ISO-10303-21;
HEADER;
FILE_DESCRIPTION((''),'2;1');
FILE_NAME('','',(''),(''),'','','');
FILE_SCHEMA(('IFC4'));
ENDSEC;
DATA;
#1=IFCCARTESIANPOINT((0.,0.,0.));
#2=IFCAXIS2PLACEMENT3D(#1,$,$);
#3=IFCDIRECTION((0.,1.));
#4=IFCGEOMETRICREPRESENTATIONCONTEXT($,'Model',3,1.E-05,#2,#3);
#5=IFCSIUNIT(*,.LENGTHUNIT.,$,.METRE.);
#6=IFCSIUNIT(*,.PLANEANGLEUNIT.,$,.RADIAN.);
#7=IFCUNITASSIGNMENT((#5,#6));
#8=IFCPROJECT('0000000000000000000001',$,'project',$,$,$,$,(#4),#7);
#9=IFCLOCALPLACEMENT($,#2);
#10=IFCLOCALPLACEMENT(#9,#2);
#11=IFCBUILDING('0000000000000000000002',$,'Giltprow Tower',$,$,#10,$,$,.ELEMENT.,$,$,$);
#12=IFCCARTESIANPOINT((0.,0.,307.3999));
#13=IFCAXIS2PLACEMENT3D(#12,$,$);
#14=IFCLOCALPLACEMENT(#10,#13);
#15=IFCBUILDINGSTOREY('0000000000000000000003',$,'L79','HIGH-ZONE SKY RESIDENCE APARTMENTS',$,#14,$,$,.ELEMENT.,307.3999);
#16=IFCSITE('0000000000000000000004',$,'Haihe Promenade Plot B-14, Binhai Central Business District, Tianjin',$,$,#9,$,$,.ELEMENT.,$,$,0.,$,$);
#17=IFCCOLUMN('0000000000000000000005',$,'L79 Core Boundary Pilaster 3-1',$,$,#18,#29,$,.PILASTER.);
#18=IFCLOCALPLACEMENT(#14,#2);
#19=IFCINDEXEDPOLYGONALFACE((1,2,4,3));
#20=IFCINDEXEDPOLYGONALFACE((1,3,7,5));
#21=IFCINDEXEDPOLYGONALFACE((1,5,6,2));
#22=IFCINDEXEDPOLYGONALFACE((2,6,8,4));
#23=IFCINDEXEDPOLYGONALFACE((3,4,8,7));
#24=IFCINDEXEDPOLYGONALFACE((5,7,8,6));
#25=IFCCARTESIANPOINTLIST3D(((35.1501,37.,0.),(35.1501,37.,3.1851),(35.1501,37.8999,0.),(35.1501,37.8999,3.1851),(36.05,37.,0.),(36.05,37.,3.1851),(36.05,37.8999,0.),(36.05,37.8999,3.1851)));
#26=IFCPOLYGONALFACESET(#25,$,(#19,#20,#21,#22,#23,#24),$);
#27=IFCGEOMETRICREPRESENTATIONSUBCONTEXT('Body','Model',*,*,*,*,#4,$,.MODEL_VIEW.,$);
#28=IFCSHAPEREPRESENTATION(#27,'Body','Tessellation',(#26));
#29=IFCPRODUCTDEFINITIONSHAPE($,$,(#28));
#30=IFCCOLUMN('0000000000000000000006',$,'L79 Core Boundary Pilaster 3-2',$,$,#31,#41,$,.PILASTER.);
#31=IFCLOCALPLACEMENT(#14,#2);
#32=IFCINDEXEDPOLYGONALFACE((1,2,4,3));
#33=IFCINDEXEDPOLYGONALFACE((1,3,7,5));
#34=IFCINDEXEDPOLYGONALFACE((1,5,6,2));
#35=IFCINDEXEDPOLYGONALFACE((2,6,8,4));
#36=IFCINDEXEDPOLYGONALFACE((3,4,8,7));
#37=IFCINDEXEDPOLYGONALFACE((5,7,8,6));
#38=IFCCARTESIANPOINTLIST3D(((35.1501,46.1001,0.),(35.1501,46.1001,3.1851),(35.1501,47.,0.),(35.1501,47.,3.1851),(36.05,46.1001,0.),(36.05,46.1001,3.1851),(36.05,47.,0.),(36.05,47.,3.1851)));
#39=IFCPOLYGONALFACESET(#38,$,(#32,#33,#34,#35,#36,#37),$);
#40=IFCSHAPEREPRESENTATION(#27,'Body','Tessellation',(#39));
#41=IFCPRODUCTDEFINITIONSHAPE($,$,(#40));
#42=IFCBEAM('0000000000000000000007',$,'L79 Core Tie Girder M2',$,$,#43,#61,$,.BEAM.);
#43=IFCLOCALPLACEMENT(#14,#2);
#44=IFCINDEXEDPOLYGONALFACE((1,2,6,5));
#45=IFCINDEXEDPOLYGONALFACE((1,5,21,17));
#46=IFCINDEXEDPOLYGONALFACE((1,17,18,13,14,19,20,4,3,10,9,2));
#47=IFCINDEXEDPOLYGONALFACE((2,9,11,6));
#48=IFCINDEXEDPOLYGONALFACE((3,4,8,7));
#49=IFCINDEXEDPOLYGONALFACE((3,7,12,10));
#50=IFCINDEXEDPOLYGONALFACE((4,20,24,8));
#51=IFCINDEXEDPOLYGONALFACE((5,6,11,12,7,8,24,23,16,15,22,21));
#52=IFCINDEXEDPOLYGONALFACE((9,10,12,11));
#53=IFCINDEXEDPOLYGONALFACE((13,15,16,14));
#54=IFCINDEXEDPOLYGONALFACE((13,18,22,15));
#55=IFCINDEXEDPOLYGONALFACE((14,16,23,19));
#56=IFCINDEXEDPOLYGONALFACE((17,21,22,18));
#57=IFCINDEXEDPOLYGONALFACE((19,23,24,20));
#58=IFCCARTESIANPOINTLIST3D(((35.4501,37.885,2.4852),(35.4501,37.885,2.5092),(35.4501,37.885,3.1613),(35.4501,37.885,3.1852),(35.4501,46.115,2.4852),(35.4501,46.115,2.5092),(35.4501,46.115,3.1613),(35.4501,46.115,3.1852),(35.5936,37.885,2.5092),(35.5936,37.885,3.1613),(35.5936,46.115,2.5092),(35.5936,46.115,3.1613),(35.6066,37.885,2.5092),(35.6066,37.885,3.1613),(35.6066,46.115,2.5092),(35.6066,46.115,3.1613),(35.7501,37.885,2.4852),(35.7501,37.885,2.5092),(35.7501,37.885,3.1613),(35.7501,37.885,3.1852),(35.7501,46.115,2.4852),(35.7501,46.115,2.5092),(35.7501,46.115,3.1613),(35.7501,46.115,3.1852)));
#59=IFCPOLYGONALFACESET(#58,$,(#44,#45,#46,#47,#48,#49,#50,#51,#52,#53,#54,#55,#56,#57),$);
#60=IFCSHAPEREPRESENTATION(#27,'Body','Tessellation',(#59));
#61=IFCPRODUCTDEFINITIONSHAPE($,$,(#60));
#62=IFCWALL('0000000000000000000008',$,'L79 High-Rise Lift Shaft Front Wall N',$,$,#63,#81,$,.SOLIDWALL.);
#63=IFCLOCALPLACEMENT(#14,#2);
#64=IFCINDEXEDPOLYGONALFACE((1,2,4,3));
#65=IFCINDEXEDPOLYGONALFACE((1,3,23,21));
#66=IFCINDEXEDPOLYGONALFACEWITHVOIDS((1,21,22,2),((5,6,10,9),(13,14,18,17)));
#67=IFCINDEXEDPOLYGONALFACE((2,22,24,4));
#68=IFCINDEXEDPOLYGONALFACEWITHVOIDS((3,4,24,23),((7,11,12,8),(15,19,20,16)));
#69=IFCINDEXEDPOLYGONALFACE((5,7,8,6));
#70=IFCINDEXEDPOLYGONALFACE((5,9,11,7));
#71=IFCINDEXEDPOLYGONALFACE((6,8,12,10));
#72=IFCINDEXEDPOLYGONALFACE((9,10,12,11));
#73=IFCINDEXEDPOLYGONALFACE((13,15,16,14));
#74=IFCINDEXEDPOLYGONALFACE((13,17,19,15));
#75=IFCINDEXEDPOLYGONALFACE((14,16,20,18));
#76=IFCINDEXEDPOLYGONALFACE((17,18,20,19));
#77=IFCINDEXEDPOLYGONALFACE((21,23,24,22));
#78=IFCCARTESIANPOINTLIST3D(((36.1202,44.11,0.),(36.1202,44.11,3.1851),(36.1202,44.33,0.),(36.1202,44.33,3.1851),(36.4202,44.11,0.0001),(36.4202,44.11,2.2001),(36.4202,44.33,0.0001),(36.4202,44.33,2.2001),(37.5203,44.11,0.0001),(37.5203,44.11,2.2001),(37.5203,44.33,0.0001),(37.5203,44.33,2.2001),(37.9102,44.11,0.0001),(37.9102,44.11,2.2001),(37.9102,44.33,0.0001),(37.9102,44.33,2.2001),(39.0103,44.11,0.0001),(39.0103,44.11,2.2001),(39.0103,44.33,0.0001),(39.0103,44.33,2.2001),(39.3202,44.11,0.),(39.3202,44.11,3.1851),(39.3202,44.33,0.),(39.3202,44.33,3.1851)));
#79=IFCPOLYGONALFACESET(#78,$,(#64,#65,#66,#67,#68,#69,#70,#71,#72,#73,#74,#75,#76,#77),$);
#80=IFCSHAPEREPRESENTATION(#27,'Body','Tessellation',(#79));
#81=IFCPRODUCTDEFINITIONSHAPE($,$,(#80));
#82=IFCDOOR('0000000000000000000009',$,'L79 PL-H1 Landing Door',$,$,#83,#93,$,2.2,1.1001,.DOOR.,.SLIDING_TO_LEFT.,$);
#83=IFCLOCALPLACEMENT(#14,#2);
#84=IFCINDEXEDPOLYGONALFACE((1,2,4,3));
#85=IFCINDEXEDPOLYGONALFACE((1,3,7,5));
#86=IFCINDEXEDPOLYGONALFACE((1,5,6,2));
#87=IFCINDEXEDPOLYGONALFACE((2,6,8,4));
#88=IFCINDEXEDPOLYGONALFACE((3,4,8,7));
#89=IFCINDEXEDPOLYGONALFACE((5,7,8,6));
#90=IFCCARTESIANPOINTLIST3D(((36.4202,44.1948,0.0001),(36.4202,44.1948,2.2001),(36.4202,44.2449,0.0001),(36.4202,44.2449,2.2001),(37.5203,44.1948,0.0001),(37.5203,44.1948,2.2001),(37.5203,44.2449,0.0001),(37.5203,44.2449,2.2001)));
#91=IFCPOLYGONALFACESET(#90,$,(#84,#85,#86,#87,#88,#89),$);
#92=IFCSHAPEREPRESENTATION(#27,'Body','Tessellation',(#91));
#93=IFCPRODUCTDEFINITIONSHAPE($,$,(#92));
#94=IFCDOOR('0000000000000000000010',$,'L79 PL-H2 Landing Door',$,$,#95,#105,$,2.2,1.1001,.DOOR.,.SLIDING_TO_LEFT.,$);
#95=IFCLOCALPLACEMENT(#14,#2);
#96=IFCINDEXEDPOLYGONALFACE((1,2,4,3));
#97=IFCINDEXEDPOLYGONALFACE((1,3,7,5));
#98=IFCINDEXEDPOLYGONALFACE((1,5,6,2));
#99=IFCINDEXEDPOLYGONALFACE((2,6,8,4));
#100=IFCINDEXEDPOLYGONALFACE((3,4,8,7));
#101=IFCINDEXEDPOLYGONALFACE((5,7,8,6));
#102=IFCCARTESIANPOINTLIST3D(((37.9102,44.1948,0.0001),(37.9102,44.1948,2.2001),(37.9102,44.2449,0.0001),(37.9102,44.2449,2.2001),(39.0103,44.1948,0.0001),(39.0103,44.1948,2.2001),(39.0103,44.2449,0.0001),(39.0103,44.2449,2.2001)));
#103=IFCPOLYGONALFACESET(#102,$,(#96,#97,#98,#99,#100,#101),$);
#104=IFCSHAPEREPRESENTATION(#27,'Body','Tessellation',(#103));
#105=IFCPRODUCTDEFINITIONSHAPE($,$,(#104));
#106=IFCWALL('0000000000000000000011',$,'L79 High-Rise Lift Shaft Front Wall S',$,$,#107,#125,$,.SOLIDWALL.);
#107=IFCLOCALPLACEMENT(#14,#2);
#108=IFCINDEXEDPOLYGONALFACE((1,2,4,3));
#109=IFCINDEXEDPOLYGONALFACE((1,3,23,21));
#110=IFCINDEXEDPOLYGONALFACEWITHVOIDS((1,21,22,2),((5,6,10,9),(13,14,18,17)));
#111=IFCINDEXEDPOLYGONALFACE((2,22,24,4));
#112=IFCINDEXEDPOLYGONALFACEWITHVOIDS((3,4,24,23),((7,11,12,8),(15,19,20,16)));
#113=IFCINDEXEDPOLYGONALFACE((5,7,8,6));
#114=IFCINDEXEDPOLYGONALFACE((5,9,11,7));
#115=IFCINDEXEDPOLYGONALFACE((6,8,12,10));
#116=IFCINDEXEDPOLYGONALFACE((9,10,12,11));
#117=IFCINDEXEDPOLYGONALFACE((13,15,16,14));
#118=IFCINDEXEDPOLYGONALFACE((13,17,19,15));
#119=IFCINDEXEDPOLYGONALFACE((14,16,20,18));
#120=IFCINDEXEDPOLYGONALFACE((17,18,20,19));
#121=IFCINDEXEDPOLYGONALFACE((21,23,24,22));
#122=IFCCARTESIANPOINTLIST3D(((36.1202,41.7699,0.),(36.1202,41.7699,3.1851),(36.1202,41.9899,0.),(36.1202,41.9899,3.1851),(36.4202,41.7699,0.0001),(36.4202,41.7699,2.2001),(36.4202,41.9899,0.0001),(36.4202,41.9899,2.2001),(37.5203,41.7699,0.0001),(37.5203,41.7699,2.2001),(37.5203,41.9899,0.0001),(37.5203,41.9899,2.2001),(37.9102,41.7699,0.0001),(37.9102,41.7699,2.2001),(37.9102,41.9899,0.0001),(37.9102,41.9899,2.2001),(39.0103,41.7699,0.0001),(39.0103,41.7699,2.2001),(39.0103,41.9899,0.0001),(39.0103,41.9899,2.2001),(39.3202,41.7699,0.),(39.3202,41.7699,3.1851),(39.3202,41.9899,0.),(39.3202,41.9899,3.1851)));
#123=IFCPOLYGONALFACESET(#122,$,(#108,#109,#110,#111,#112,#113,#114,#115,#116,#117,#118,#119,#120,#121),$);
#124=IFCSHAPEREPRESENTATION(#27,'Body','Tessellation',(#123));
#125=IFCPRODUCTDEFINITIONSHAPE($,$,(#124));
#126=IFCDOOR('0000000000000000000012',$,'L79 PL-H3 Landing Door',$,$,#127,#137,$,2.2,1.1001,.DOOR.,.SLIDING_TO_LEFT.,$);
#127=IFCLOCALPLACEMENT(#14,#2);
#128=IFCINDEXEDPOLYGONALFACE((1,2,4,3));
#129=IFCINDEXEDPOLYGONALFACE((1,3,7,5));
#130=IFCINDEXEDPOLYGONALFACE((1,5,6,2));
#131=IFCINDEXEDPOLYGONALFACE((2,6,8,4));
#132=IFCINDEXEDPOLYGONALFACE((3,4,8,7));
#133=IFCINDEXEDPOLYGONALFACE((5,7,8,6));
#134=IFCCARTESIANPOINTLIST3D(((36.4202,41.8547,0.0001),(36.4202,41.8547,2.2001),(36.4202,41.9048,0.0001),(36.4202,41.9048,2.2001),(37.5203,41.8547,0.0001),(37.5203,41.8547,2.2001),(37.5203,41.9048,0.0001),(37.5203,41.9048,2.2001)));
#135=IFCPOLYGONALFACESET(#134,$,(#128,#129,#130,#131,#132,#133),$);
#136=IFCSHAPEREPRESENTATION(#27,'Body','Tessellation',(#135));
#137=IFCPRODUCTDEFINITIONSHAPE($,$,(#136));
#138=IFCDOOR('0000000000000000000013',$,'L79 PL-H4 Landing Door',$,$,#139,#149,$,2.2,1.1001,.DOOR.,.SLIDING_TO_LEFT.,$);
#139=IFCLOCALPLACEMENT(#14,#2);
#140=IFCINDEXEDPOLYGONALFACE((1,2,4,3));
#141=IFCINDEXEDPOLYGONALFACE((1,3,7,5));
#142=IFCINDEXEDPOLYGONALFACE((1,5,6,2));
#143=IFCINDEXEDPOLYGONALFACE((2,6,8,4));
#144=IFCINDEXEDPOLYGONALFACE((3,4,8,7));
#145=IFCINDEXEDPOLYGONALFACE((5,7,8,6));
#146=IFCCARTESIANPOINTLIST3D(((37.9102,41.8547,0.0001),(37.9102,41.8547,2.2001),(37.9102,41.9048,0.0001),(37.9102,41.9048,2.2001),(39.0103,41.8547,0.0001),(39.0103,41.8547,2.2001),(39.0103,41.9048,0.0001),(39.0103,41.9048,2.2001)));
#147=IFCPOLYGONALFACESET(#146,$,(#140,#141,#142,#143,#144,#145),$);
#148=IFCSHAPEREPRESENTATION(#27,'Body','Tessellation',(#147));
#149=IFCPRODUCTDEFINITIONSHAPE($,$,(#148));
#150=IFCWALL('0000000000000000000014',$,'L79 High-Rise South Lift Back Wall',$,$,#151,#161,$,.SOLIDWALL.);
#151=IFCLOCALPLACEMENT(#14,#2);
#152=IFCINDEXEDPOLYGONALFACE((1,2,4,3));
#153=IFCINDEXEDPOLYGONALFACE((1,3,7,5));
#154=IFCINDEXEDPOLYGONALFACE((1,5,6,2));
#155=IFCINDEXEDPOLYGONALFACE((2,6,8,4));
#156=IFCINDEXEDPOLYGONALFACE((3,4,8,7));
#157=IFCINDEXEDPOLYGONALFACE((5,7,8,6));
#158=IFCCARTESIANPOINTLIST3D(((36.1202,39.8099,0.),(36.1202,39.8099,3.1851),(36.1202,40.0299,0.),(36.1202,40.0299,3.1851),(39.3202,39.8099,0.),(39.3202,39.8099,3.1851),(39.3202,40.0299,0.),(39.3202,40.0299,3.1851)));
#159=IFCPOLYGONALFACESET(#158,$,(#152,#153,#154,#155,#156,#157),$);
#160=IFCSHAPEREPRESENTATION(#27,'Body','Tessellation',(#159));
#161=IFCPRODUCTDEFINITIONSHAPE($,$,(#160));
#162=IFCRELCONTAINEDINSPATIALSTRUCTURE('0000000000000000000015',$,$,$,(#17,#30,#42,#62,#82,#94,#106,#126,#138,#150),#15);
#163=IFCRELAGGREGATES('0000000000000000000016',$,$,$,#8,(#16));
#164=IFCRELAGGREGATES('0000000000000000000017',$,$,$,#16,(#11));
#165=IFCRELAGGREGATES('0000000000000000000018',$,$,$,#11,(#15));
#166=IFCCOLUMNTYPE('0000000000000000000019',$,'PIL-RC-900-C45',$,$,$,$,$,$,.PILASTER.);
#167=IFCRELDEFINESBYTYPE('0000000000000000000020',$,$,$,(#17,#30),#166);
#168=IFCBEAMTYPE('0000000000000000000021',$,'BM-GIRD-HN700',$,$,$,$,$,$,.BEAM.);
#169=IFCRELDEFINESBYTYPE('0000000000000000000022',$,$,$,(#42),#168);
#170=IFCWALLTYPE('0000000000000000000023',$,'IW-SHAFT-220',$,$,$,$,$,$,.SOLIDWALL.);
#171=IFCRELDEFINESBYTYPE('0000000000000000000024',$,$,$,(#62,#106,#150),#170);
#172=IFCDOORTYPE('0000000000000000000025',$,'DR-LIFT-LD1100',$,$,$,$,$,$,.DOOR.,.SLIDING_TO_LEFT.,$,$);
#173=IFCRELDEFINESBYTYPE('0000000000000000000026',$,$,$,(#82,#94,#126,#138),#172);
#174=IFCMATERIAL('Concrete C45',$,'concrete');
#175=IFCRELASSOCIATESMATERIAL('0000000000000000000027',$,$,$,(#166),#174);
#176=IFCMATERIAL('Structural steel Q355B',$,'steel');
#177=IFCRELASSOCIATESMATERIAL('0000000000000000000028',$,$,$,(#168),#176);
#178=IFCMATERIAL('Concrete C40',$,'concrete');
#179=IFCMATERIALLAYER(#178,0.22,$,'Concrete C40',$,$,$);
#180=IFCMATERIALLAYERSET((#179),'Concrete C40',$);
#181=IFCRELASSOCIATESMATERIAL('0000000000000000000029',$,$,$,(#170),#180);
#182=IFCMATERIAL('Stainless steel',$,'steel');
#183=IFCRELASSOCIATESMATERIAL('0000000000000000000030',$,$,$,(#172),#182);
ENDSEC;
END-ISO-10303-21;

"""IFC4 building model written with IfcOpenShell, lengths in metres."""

from ifc_helpers import new_model, si_unit, direction, frame, frame_2d, origin, origin_2d, place, context, subcontext, project, spatial, rectangle, i_section, extrude, source, transform, mapped, material, layer, layer_set, material_profile, profile_set, type_object, element, fill, save


model = new_model("IFC4")

# Units and contexts
model_context = context("Model", 3, precision=1e-05, world=origin(), true_north=direction((0.0, 1.0)))
body_context = subcontext(model_context, "Body", "Model", "MODEL_VIEW")
ifc_project = project(units=[si_unit("LENGTHUNIT", "METRE"), si_unit("PLANEANGLEUNIT", "RADIAN")], contexts=[model_context])

# Site, building, storey
site_placement = place(None, origin())
site = spatial("IfcSite", under=ifc_project, at=site_placement, Name="Haihe Promenade Plot B-14, Binhai Central Business District, Tianjin", CompositionType="ELEMENT", RefElevation=0.0)
building_placement = place(site_placement, origin())
building = spatial("IfcBuilding", under=site, at=building_placement, Name="Giltprow Tower", CompositionType="ELEMENT")
storey_placement = place(building_placement, frame((0.0, 0.0, 307.3999)))
storey = spatial("IfcBuildingStorey", under=building, at=storey_placement, Name="L79", Description="HIGH-ZONE SKY RESIDENCE APARTMENTS", CompositionType="ELEMENT", Elevation=307.3999)

# Columns
ifc_material_1 = material(Name="Concrete C45", Category="concrete")
ifc_material_profile_1 = material_profile(ifc_material_1, rectangle(XDim=0.8999, YDim=0.8999, at=origin_2d()), Name="RC 900x900")
ifc_profile_set_1 = profile_set([ifc_material_profile_1], Name="Concrete C45")
column_type = type_object("IfcColumnType", Name="PIL-RC-900-C45", PredefinedType="PILASTER", material=ifc_profile_set_1)
shared_shape_1 = source(origin(), body_context, "Body", "SweptSolid", [
    extrude(rectangle(XDim=0.8999, YDim=0.8999, at=origin_2d()), origin(), (0.0, 0.0, 1.0), 3.1851),
])
for number, where, z_axis, x_axis, name in (
    (1, (35.6001, 37.45, 0.0), (0.0, 0.0, 1.0), (1.0, 0.0, 0.0), "L79 Core Boundary Pilaster 3-1"),
    (2, (35.6001, 46.55, 0.0), (0.0, 0.0, 1.0), (1.0, 0.0, 0.0), "L79 Core Boundary Pilaster 3-2"),
):
    element("IfcColumn", number, at=place(storey_placement, frame(where, z_axis=z_axis, x_axis=x_axis)), inside=storey, type_object=column_type, Name=name, PredefinedType="PILASTER", context=body_context, shape_type="MappedRepresentation", body=[
        mapped(shared_shape_1, transform((0.0, 0.0, 0.0), x_axis=(1.0, 0.0, 0.0), y_axis=(0.0, 1.0, 0.0), z_axis=(0.0, 0.0, 1.0), scale=1.0)),
    ])

# Beam
ifc_material_2 = material(Name="Structural steel Q355B", Category="steel")
ifc_material_profile_2 = material_profile(ifc_material_2, i_section(OverallWidth=0.3, OverallDepth=0.7, WebThickness=0.0129, FlangeThickness=0.0239, at=origin_2d()), Name="HN 700x300x13x24")
ifc_profile_set_2 = profile_set([ifc_material_profile_2], Name="Structural steel Q355B")
beam_type = type_object("IfcBeamType", Name="BM-GIRD-HN700", PredefinedType="BEAM", material=ifc_profile_set_2)
shared_shape_2 = source(origin(), body_context, "Body", "SweptSolid", [
    extrude(i_section(OverallWidth=0.3, OverallDepth=0.7, WebThickness=0.0129, FlangeThickness=0.0239, at=origin_2d()), origin(), (0.0, 0.0, 1.0), 8.23),
])
beam_placement = place(storey_placement, frame((35.6001, 37.885, 2.8352), z_axis=(0.0, 1.0, 0.0), x_axis=(-1.0, 0.0, 0.0)))
element("IfcBeam", 3, at=beam_placement, inside=storey, type_object=beam_type, Name="L79 Core Tie Girder M2", PredefinedType="BEAM", context=body_context, shape_type="MappedRepresentation", body=[
    mapped(shared_shape_2, transform((0.0, 0.0, 0.0), x_axis=(1.0, 0.0, 0.0), y_axis=(0.0, 1.0, 0.0), z_axis=(0.0, 0.0, 1.0), scale=1.0)),
])

# Walls, openings, doors
ifc_material_3 = material(Name="Concrete C40", Category="concrete")
ifc_layer_1 = layer(ifc_material_3, 0.22, Name="Concrete C40")
ifc_layer_set_1 = layer_set([ifc_layer_1], Name="Concrete C40")
wall_type_1 = type_object("IfcWallType", Name="IW-SHAFT-220", PredefinedType="SOLIDWALL", material=ifc_layer_set_1)
wall_1_placement = place(storey_placement, frame((36.1201, 44.22, 0.0), z_axis=(0.0, 0.0, 1.0), x_axis=(1.0, 0.0, 0.0)))
wall_1 = element("IfcWall", 4, at=wall_1_placement, inside=storey, type_object=wall_type_1, Name="L79 High-Rise Lift Shaft Front Wall N", PredefinedType="SOLIDWALL", context=body_context, shape_type="SweptSolid", body=[
    extrude(rectangle(XDim=3.2, YDim=0.22, at=frame_2d((1.6001, 0.0))), origin(), (0.0, 0.0, 1.0), 3.1851),
])
opening_1_placement = place(wall_1_placement, frame((0.3, 0.0, 0.0)))
opening_1 = element("IfcOpeningElement", 5, at=opening_1_placement, cuts=wall_1, PredefinedType="OPENING", context=body_context, shape_type="SweptSolid", body=[
    extrude(rectangle(XDim=1.1001, YDim=2.2, at=frame_2d((0.55, 1.1001))), frame((0.0, 0.1199, 0.0), z_axis=(0.0, -1.0, 0.0), x_axis=(1.0, 0.0, 0.0)), (0.0, 0.0, 1.0), 0.24),
])
opening_2_placement = place(wall_1_placement, frame((1.79, 0.0, 0.0)))
opening_2 = element("IfcOpeningElement", 6, at=opening_2_placement, cuts=wall_1, PredefinedType="OPENING", context=body_context, shape_type="SweptSolid", body=[
    extrude(rectangle(XDim=1.1001, YDim=2.2, at=frame_2d((0.55, 1.1001))), frame((0.0, 0.1199, 0.0), z_axis=(0.0, -1.0, 0.0), x_axis=(1.0, 0.0, 0.0)), (0.0, 0.0, 1.0), 0.24),
])
ifc_material_4 = material(Name="Stainless steel", Category="steel")
door_type_1 = type_object("IfcDoorType", Name="DR-LIFT-LD1100", OperationType="SLIDING_TO_LEFT", PredefinedType="DOOR", material=ifc_material_4)
shared_shape_3 = source(origin(), body_context, "Body", "SweptSolid", [
    extrude(rectangle(XDim=1.1001, YDim=2.2, at=frame_2d((0.55, 1.1001))), frame((0.0, 0.0249, 0.0), z_axis=(0.0, -1.0, 0.0), x_axis=(1.0, 0.0, 0.0)), (0.0, 0.0, 1.0), 0.05),
])
door_1_placement = place(opening_1_placement, origin())
door_1 = element("IfcDoor", 7, at=door_1_placement, inside=storey, type_object=door_type_1, Name="L79 PL-H1 Landing Door", OperationType="SLIDING_TO_LEFT", OverallHeight=2.2, OverallWidth=1.1001, PredefinedType="DOOR", context=body_context, shape_type="MappedRepresentation", body=[
    mapped(shared_shape_3, transform((0.0, 0.0, 0.0), x_axis=(1.0, 0.0, 0.0), y_axis=(0.0, 1.0, 0.0), z_axis=(0.0, 0.0, 1.0), scale=1.0)),
])
fill(opening_1, door_1)
door_2_placement = place(opening_2_placement, origin())
door_2 = element("IfcDoor", 8, at=door_2_placement, inside=storey, type_object=door_type_1, Name="L79 PL-H2 Landing Door", OperationType="SLIDING_TO_LEFT", OverallHeight=2.2, OverallWidth=1.1001, PredefinedType="DOOR", context=body_context, shape_type="MappedRepresentation", body=[
    mapped(shared_shape_3, transform((0.0, 0.0, 0.0), x_axis=(1.0, 0.0, 0.0), y_axis=(0.0, 1.0, 0.0), z_axis=(0.0, 0.0, 1.0), scale=1.0)),
])
fill(opening_2, door_2)
wall_2_placement = place(storey_placement, frame((36.1201, 41.8799, 0.0), z_axis=(0.0, 0.0, 1.0), x_axis=(1.0, 0.0, 0.0)))
wall_2 = element("IfcWall", 9, at=wall_2_placement, inside=storey, type_object=wall_type_1, Name="L79 High-Rise Lift Shaft Front Wall S", PredefinedType="SOLIDWALL", context=body_context, shape_type="SweptSolid", body=[
    extrude(rectangle(XDim=3.2, YDim=0.22, at=frame_2d((1.6001, 0.0))), origin(), (0.0, 0.0, 1.0), 3.1851),
])
opening_3_placement = place(wall_2_placement, frame((0.3, 0.0, 0.0)))
opening_3 = element("IfcOpeningElement", 10, at=opening_3_placement, cuts=wall_2, PredefinedType="OPENING", context=body_context, shape_type="SweptSolid", body=[
    extrude(rectangle(XDim=1.1001, YDim=2.2, at=frame_2d((0.55, 1.1001))), frame((0.0, 0.1199, 0.0), z_axis=(0.0, -1.0, 0.0), x_axis=(1.0, 0.0, 0.0)), (0.0, 0.0, 1.0), 0.24),
])
opening_4_placement = place(wall_2_placement, frame((1.79, 0.0, 0.0)))
opening_4 = element("IfcOpeningElement", 11, at=opening_4_placement, cuts=wall_2, PredefinedType="OPENING", context=body_context, shape_type="SweptSolid", body=[
    extrude(rectangle(XDim=1.1001, YDim=2.2, at=frame_2d((0.55, 1.1001))), frame((0.0, 0.1199, 0.0), z_axis=(0.0, -1.0, 0.0), x_axis=(1.0, 0.0, 0.0)), (0.0, 0.0, 1.0), 0.24),
])
door_3_placement = place(opening_3_placement, origin())
door_3 = element("IfcDoor", 12, at=door_3_placement, inside=storey, type_object=door_type_1, Name="L79 PL-H3 Landing Door", OperationType="SLIDING_TO_LEFT", OverallHeight=2.2, OverallWidth=1.1001, PredefinedType="DOOR", context=body_context, shape_type="MappedRepresentation", body=[
    mapped(shared_shape_3, transform((0.0, 0.0, 0.0), x_axis=(1.0, 0.0, 0.0), y_axis=(0.0, 1.0, 0.0), z_axis=(0.0, 0.0, 1.0), scale=1.0)),
])
fill(opening_3, door_3)
door_4_placement = place(opening_4_placement, origin())
door_4 = element("IfcDoor", 13, at=door_4_placement, inside=storey, type_object=door_type_1, Name="L79 PL-H4 Landing Door", OperationType="SLIDING_TO_LEFT", OverallHeight=2.2, OverallWidth=1.1001, PredefinedType="DOOR", context=body_context, shape_type="MappedRepresentation", body=[
    mapped(shared_shape_3, transform((0.0, 0.0, 0.0), x_axis=(1.0, 0.0, 0.0), y_axis=(0.0, 1.0, 0.0), z_axis=(0.0, 0.0, 1.0), scale=1.0)),
])
fill(opening_4, door_4)

# Wall
wall_3_placement = place(storey_placement, frame((36.1201, 39.9199, 0.0), z_axis=(0.0, 0.0, 1.0), x_axis=(1.0, 0.0, 0.0)))
element("IfcWall", 14, at=wall_3_placement, inside=storey, type_object=wall_type_1, Name="L79 High-Rise South Lift Back Wall", PredefinedType="SOLIDWALL", context=body_context, shape_type="SweptSolid", body=[
    extrude(rectangle(XDim=3.2, YDim=0.22, at=frame_2d((1.6001, 0.0))), origin(), (0.0, 0.0, 1.0), 3.1851),
])

save(model, "model.ifc")
